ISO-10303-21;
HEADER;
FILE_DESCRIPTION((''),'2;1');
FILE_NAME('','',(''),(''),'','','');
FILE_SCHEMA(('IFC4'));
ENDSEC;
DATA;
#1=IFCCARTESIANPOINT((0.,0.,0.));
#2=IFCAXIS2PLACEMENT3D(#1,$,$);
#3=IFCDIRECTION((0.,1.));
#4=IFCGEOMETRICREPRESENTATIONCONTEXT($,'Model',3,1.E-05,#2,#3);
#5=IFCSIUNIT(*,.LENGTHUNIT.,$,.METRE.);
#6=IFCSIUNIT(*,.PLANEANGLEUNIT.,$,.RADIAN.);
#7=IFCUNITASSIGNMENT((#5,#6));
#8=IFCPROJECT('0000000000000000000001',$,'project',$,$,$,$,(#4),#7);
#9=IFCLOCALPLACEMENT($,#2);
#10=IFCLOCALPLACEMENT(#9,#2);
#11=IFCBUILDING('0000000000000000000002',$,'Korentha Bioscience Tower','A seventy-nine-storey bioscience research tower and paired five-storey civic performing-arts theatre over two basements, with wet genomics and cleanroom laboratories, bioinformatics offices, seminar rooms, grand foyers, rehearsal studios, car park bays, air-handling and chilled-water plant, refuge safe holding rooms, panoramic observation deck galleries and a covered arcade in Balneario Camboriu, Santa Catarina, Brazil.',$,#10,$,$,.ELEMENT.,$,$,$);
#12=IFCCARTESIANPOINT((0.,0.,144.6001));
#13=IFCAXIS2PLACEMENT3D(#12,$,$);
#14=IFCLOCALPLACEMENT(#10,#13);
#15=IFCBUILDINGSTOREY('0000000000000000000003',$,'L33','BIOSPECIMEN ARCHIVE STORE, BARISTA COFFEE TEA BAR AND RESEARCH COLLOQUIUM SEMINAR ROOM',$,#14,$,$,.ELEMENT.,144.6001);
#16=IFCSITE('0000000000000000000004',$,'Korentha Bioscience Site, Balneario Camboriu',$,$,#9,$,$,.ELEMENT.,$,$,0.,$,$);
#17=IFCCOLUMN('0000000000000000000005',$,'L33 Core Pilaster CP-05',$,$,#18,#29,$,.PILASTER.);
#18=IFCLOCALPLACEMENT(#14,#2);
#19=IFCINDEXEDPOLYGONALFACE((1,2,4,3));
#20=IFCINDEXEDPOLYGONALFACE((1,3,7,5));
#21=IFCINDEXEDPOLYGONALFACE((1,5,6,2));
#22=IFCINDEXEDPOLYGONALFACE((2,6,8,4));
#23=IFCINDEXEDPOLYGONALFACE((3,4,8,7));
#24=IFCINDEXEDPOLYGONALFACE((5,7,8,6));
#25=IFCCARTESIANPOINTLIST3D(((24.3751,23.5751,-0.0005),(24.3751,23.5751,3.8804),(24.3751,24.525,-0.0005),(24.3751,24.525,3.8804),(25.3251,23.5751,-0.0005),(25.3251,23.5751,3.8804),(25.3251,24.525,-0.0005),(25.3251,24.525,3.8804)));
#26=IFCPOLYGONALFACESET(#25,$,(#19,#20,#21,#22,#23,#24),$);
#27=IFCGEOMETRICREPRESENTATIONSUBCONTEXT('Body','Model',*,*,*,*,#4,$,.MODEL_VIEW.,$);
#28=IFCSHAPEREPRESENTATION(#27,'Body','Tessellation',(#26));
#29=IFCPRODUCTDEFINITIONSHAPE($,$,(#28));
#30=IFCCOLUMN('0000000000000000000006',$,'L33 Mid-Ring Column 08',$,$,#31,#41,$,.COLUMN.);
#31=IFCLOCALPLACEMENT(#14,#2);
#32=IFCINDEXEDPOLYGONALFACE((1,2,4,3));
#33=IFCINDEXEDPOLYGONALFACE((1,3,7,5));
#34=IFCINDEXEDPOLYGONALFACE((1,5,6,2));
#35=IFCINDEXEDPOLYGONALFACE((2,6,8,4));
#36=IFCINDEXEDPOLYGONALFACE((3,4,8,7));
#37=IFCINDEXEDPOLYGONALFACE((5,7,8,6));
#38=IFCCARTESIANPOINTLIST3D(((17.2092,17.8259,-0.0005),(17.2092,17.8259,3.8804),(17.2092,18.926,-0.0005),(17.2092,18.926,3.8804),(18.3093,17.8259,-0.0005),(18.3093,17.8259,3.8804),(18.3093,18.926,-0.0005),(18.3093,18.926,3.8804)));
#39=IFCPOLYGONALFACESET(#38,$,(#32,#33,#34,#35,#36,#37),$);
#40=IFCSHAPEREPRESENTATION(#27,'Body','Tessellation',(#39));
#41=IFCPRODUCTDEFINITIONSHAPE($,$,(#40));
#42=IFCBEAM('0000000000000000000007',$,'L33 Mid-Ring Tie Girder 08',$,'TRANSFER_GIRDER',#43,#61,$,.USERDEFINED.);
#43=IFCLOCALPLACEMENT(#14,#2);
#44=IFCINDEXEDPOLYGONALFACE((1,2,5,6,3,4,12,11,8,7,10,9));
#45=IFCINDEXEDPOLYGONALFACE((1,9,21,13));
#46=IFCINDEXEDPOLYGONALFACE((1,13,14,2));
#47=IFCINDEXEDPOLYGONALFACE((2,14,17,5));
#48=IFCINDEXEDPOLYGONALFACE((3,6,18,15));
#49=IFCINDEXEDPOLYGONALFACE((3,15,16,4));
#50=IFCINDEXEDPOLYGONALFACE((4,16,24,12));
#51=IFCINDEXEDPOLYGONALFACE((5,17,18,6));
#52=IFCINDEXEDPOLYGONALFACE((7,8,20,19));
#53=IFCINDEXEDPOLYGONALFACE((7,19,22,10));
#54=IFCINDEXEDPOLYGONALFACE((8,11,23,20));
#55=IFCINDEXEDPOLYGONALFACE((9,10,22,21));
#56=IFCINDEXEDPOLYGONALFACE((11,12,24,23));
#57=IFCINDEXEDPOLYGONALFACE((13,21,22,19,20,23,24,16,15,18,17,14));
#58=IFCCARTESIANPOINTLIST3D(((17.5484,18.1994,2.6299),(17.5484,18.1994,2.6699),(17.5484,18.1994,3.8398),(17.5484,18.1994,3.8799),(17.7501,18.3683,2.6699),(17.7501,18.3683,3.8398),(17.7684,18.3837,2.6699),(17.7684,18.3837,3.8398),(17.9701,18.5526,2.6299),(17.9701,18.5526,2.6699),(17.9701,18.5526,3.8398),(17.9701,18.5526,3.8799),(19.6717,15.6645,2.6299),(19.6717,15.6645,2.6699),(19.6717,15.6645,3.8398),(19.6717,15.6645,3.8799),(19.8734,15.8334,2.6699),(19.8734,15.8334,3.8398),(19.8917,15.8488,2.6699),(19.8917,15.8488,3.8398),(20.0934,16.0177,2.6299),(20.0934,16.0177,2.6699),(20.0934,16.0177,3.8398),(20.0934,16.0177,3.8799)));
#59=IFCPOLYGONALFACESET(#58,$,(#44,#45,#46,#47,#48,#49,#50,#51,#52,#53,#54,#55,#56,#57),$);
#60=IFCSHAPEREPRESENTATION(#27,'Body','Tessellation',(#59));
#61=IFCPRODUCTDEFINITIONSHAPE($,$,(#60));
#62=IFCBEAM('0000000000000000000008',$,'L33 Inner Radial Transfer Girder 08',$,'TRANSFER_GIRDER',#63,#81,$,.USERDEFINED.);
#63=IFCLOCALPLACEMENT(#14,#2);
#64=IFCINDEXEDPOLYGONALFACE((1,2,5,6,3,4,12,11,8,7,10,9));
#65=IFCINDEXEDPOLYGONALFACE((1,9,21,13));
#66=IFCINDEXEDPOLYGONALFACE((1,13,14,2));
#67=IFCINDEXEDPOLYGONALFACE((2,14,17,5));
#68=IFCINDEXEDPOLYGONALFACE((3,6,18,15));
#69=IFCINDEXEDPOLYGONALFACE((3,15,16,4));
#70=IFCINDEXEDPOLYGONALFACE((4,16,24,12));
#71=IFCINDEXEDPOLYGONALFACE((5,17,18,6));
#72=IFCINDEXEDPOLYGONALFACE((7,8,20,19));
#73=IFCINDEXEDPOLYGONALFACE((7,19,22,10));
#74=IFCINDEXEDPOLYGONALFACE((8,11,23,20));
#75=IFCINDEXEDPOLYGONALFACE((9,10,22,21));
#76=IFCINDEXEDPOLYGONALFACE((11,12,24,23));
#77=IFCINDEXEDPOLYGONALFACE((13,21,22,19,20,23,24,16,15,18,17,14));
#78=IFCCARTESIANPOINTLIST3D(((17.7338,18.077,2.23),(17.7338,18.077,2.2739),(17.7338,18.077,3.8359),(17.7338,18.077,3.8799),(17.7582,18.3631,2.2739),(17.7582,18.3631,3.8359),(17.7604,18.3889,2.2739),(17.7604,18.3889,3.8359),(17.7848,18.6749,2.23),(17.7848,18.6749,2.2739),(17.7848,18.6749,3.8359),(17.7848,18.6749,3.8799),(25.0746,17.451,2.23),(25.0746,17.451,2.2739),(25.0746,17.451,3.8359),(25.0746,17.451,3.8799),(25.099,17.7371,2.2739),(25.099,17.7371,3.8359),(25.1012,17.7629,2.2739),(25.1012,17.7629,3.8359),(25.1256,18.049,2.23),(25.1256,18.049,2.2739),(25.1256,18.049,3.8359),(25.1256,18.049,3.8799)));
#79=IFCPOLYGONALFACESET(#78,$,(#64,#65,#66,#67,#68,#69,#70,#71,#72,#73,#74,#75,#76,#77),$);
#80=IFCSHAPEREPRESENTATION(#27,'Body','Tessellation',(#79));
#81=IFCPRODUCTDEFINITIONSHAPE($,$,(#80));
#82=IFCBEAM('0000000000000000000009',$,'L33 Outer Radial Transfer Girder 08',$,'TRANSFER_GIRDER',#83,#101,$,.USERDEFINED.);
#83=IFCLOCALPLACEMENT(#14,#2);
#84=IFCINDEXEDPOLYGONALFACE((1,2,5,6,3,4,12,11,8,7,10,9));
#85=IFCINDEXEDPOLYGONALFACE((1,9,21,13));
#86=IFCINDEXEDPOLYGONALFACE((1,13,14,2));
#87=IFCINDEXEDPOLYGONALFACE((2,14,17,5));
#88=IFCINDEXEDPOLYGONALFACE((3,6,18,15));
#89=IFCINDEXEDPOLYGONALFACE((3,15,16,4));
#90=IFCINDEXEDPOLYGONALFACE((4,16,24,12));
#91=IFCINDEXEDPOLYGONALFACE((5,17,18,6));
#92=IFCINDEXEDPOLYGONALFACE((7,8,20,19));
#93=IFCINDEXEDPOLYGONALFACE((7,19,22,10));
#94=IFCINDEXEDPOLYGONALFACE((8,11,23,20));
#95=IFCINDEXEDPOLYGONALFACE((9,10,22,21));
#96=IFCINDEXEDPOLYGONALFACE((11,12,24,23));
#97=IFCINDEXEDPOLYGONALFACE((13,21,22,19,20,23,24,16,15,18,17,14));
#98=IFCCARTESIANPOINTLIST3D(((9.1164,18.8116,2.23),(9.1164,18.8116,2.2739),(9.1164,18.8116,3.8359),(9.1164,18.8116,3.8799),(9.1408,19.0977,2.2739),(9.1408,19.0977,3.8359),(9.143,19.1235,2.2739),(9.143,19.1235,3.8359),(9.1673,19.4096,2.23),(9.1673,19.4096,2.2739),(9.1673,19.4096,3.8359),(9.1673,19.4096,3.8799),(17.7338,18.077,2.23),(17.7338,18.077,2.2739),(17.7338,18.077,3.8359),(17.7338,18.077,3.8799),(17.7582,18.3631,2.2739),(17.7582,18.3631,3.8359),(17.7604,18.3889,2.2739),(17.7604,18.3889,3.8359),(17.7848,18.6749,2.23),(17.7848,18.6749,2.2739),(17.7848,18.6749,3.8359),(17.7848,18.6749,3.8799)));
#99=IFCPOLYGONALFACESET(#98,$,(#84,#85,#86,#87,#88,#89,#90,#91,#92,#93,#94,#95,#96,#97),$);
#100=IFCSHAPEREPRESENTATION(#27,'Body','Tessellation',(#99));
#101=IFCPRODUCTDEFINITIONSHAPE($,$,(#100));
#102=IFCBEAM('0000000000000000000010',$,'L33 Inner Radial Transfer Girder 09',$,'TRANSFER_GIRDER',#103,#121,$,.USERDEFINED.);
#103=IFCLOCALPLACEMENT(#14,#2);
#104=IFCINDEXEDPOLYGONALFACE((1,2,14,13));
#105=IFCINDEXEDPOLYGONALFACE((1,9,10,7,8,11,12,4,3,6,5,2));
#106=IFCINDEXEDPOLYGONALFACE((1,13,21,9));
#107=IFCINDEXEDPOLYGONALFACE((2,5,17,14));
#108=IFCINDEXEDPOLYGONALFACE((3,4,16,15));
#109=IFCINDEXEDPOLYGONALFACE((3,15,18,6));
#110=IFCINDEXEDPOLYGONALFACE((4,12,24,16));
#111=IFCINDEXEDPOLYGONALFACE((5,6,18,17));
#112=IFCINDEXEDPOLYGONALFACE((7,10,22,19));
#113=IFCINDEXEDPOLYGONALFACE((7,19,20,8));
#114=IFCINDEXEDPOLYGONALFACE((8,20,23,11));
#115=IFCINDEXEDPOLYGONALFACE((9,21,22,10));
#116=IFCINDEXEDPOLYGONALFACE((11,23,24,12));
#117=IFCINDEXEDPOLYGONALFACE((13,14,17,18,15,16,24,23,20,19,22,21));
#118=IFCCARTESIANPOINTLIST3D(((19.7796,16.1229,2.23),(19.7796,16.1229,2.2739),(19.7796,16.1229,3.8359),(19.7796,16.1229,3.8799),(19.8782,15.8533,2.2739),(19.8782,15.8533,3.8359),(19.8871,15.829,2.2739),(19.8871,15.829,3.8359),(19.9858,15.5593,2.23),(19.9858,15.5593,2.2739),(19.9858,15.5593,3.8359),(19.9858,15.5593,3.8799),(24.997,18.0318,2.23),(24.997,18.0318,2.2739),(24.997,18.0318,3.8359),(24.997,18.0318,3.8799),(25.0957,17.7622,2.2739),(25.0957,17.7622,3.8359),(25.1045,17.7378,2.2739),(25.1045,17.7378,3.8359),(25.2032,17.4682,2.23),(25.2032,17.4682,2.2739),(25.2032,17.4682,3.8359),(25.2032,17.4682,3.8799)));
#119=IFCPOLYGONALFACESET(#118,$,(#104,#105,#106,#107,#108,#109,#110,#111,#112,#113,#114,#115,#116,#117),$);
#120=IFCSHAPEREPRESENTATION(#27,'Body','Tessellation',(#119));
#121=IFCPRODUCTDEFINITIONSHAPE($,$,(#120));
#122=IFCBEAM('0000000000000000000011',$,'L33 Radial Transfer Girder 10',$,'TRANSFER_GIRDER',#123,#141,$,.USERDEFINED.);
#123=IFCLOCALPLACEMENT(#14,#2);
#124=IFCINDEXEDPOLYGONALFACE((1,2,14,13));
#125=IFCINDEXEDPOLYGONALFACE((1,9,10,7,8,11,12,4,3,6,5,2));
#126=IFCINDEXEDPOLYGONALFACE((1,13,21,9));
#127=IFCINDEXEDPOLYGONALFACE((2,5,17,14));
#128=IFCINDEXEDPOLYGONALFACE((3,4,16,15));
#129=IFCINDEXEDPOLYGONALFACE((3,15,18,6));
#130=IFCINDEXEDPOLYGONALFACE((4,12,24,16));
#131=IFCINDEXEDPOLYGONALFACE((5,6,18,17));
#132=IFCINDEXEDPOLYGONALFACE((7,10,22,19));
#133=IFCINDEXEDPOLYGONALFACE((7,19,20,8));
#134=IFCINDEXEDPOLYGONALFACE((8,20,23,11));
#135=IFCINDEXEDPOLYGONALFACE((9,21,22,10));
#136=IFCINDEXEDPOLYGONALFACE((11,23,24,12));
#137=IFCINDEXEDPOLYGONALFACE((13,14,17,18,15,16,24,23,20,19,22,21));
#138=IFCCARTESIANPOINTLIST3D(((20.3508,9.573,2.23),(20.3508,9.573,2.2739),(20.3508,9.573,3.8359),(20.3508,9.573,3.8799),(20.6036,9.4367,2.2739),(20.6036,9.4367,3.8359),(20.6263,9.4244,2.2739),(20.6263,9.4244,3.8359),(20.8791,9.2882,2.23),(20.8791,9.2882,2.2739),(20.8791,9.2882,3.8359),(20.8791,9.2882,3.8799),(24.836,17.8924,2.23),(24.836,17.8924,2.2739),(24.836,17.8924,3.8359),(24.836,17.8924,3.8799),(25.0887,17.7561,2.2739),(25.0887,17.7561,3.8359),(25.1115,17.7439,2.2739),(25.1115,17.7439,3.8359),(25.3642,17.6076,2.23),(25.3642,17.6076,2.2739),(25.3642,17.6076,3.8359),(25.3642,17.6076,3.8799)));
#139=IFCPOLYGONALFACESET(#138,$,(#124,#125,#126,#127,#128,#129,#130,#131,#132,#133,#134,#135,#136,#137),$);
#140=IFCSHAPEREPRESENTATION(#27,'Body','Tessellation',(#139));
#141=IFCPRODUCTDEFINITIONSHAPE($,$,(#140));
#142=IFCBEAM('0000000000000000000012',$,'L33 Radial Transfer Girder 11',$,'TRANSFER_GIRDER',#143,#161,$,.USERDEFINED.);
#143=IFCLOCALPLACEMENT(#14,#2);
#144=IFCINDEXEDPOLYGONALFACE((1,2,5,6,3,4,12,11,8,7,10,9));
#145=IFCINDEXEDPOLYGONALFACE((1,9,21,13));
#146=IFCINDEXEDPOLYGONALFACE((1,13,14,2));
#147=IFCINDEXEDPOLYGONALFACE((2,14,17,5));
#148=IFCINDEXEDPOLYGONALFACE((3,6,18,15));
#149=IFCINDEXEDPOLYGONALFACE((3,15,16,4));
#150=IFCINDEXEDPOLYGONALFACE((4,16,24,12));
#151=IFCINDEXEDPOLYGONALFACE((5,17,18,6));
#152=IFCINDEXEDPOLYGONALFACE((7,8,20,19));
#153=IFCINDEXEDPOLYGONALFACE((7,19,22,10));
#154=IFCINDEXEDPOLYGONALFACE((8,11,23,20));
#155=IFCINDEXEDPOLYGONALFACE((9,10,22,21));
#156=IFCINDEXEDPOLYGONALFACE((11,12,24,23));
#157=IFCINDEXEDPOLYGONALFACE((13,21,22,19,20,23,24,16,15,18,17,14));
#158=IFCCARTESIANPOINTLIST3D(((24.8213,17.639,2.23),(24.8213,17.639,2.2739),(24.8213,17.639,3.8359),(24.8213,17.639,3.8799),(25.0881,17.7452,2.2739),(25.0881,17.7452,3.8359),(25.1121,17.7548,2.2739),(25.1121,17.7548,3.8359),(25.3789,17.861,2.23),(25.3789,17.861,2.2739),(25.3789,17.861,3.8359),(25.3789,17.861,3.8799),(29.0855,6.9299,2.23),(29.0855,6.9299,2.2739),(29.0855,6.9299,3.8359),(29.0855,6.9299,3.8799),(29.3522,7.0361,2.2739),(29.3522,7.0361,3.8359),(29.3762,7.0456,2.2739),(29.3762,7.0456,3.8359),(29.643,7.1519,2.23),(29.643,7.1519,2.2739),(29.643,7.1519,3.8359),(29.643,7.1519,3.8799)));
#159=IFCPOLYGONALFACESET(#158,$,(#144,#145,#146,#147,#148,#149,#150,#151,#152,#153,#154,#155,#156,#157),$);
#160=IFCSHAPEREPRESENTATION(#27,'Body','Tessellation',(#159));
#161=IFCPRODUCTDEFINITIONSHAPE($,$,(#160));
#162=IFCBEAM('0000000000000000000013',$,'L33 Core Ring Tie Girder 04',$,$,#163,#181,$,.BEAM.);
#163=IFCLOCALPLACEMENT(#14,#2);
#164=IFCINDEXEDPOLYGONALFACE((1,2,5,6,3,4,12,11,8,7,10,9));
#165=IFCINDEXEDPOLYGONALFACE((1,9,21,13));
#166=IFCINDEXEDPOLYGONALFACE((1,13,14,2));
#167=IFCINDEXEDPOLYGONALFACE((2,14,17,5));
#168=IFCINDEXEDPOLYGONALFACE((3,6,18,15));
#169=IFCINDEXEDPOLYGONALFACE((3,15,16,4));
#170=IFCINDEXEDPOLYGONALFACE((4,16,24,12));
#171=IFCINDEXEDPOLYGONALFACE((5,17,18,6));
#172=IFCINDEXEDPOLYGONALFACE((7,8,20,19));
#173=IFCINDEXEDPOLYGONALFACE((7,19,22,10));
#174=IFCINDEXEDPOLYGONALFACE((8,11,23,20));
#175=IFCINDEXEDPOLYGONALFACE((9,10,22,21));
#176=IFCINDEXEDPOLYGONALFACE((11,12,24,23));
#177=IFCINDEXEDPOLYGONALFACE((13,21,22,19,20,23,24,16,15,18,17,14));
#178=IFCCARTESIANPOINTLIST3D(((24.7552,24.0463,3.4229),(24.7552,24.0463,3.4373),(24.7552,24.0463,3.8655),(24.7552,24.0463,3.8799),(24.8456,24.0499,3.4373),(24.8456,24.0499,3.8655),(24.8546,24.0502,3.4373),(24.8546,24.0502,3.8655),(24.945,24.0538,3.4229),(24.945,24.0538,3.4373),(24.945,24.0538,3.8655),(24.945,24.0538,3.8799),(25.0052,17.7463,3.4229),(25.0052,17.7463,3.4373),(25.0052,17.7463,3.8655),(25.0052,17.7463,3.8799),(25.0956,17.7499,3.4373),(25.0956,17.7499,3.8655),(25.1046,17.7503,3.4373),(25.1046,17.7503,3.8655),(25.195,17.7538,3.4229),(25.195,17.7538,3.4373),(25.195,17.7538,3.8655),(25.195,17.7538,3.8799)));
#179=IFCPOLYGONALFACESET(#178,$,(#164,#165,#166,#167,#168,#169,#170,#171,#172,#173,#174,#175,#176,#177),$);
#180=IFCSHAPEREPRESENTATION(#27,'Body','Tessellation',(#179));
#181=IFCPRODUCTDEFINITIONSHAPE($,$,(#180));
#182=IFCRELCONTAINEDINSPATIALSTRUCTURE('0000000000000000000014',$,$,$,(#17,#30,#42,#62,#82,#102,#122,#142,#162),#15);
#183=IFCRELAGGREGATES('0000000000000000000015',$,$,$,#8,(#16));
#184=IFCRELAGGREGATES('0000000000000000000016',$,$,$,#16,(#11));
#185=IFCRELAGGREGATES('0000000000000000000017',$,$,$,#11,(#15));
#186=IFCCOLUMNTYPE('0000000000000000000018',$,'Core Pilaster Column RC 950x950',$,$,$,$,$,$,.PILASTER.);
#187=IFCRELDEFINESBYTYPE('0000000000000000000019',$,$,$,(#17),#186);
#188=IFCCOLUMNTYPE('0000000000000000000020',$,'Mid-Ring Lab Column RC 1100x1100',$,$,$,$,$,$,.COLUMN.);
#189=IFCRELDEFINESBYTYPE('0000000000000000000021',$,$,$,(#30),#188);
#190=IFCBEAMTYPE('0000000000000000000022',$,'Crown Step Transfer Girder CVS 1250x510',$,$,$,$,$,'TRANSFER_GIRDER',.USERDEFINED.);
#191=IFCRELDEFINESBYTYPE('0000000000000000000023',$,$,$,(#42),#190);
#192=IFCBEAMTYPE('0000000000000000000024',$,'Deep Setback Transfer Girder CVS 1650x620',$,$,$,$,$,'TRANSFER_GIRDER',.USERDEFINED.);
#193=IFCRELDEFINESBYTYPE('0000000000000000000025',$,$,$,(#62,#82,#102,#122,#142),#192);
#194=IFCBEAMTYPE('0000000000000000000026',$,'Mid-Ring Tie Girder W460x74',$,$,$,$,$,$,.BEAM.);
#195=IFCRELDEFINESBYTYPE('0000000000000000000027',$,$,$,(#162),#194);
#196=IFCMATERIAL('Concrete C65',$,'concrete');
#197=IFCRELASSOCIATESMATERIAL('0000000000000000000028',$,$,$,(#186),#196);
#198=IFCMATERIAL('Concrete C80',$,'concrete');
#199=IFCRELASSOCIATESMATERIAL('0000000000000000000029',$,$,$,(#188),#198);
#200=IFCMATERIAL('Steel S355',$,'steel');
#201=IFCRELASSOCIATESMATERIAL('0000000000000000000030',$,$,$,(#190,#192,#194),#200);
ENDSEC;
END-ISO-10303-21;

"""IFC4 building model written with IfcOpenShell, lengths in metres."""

from ifc_helpers import new_model, si_unit, direction, frame, origin, origin_2d, place, context, subcontext, project, spatial, rectangle, i_section, extrude, material, material_profile, profile_set, type_object, element, save


model = new_model("IFC4")

# Units and contexts
model_context = context("Model", 3, precision=1e-05, world=origin(), true_north=direction((0.0, 1.0)))
body_context = subcontext(model_context, "Body", "Model", "MODEL_VIEW")
ifc_project = project(units=[si_unit("LENGTHUNIT", "METRE"), si_unit("PLANEANGLEUNIT", "RADIAN")], contexts=[model_context])

# Site, building, storey
site_placement = place(None, origin())
site = spatial("IfcSite", under=ifc_project, at=site_placement, Name="Korentha Bioscience Site, Balneario Camboriu", CompositionType="ELEMENT", RefElevation=0.0)
building_placement = place(site_placement, origin())
building = spatial("IfcBuilding", under=site, at=building_placement, Name="Korentha Bioscience Tower", Description="A seventy-nine-storey bioscience research tower and paired five-storey civic performing-arts theatre over two basements, with wet genomics and cleanroom laboratories, bioinformatics offices, seminar rooms, grand foyers, rehearsal studios, car park bays, air-handling and chilled-water plant, refuge safe holding rooms, panoramic observation deck galleries and a covered arcade in Balneario Camboriu, Santa Catarina, Brazil.", CompositionType="ELEMENT")
storey_placement = place(building_placement, frame((0.0, 0.0, 144.6001)))
storey = spatial("IfcBuildingStorey", under=building, at=storey_placement, Name="L33", Description="BIOSPECIMEN ARCHIVE STORE, BARISTA COFFEE TEA BAR AND RESEARCH COLLOQUIUM SEMINAR ROOM", CompositionType="ELEMENT", Elevation=144.6001)

# Columns
ifc_material_1 = material(Name="Concrete C65", Category="concrete")
ifc_material_profile_1 = material_profile(ifc_material_1, rectangle(XDim=0.95, YDim=0.95, at=origin_2d()), Name="Concrete C65")
ifc_profile_set_1 = profile_set([ifc_material_profile_1], Name="Concrete C65 (COL-CP09)")
column_type_1 = type_object("IfcColumnType", Name="Core Pilaster Column RC 950x950", PredefinedType="PILASTER", material=ifc_profile_set_1)
column_1_placement = place(storey_placement, frame((24.8501, 24.05, -0.0005), z_axis=(0.0, 0.0, 1.0), x_axis=(1.0, 0.0, 0.0)))
element("IfcColumn", 1, at=column_1_placement, inside=storey, type_object=column_type_1, Name="L33 Core Pilaster CP-05", PredefinedType="PILASTER", context=body_context, shape_type="SweptSolid", body=[
    extrude(rectangle(XDim=0.95, YDim=0.95, at=origin_2d()), origin(), (0.0, 0.0, 1.0), 3.8809),
])
ifc_material_2 = material(Name="Concrete C80", Category="concrete")
ifc_material_profile_2 = material_profile(ifc_material_2, rectangle(XDim=1.1001, YDim=1.1001, at=origin_2d()), Name="Concrete C80")
ifc_profile_set_2 = profile_set([ifc_material_profile_2], Name="Concrete C80 (COL-MR11)")
column_type_2 = type_object("IfcColumnType", Name="Mid-Ring Lab Column RC 1100x1100", PredefinedType="COLUMN", material=ifc_profile_set_2)
column_2_placement = place(storey_placement, frame((17.7593, 18.376, -0.0005), z_axis=(0.0, 0.0, 1.0), x_axis=(1.0, 0.0, 0.0)))
element("IfcColumn", 2, at=column_2_placement, inside=storey, type_object=column_type_2, Name="L33 Mid-Ring Column 08", PredefinedType="COLUMN", context=body_context, shape_type="SweptSolid", body=[
    extrude(rectangle(XDim=1.1001, YDim=1.1001, at=origin_2d()), origin(), (0.0, 0.0, 1.0), 3.8809),
])

# Beams
ifc_material_3 = material(Name="Steel S355", Category="steel")
ifc_material_profile_3 = material_profile(ifc_material_3, i_section(OverallWidth=0.55, OverallDepth=1.25, WebThickness=0.0239, FlangeThickness=0.04, at=origin_2d()), Name="Steel S355")
ifc_profile_set_3 = profile_set([ifc_material_profile_3], Name="Steel S355 (TG-03)")
beam_type_1 = type_object("IfcBeamType", Name="Crown Step Transfer Girder CVS 1250x510", ElementType="TRANSFER_GIRDER", PredefinedType="USERDEFINED", material=ifc_profile_set_3)
beam_1_placement = place(storey_placement, frame((17.7593, 18.376, 3.2549), z_axis=(0.642121, -0.766603, 0.0), x_axis=(0.766603, 0.642121, 0.0)))
element("IfcBeam", 3, at=beam_1_placement, inside=storey, type_object=beam_type_1, Name="L33 Mid-Ring Tie Girder 08", ObjectType="TRANSFER_GIRDER", PredefinedType="USERDEFINED", context=body_context, shape_type="SweptSolid", body=[
    extrude(i_section(OverallWidth=0.55, OverallDepth=1.25, WebThickness=0.0239, FlangeThickness=0.04, at=origin_2d()), origin(), (0.0, 0.0, 1.0), 3.3066),
])
ifc_material_profile_4 = material_profile(ifc_material_3, i_section(OverallWidth=0.6001, OverallDepth=1.6499, WebThickness=0.0259, FlangeThickness=0.0439, at=origin_2d()), Name="Steel S355")
ifc_profile_set_4 = profile_set([ifc_material_profile_4], Name="Steel S355 (TG-04)")
beam_type_2 = type_object("IfcBeamType", Name="Deep Setback Transfer Girder CVS 1650x620", ElementType="TRANSFER_GIRDER", PredefinedType="USERDEFINED", material=ifc_profile_set_4)
beam_2_placement = place(storey_placement, frame((25.1001, 17.75, 3.0549), z_axis=(-0.996384, 0.084965, 0.0), x_axis=(-0.084965, -0.996384, 0.0)))
element("IfcBeam", 4, at=beam_2_placement, inside=storey, type_object=beam_type_2, Name="L33 Inner Radial Transfer Girder 08", ObjectType="TRANSFER_GIRDER", PredefinedType="USERDEFINED", context=body_context, shape_type="SweptSolid", body=[
    extrude(i_section(OverallWidth=0.6001, OverallDepth=1.6499, WebThickness=0.0259, FlangeThickness=0.0439, at=origin_2d()), origin(), (0.0, 0.0, 1.0), 7.3674),
])
beam_3_placement = place(storey_placement, frame((17.7593, 18.376, 3.0549), z_axis=(-0.996386, 0.08494, 0.0), x_axis=(-0.08494, -0.996386, 0.0)))
element("IfcBeam", 5, at=beam_3_placement, inside=storey, type_object=beam_type_2, Name="L33 Outer Radial Transfer Girder 08", ObjectType="TRANSFER_GIRDER", PredefinedType="USERDEFINED", context=body_context, shape_type="SweptSolid", body=[
    extrude(i_section(OverallWidth=0.6001, OverallDepth=1.6499, WebThickness=0.0259, FlangeThickness=0.0439, at=origin_2d()), origin(), (0.0, 0.0, 1.0), 8.6487),
])
beam_4_placement = place(storey_placement, frame((25.1001, 17.75, 3.0549), z_axis=(-0.939118, -0.343595, 0.0), x_axis=(0.343595, -0.939118, 0.0)))
element("IfcBeam", 6, at=beam_4_placement, inside=storey, type_object=beam_type_2, Name="L33 Inner Radial Transfer Girder 09", ObjectType="TRANSFER_GIRDER", PredefinedType="USERDEFINED", context=body_context, shape_type="SweptSolid", body=[
    extrude(i_section(OverallWidth=0.6001, OverallDepth=1.6499, WebThickness=0.0259, FlangeThickness=0.0439, at=origin_2d()), origin(), (0.0, 0.0, 1.0), 5.5557),
])
beam_5_placement = place(storey_placement, frame((25.1001, 17.75, 3.0549), z_axis=(-0.474548, -0.88023, 0.0), x_axis=(0.88023, -0.474548, 0.0)))
element("IfcBeam", 7, at=beam_5_placement, inside=storey, type_object=beam_type_2, Name="L33 Radial Transfer Girder 10", ObjectType="TRANSFER_GIRDER", PredefinedType="USERDEFINED", context=body_context, shape_type="SweptSolid", body=[
    extrude(i_section(OverallWidth=0.6001, OverallDepth=1.6499, WebThickness=0.0259, FlangeThickness=0.0439, at=origin_2d()), origin(), (0.0, 0.0, 1.0), 9.4514),
])
beam_6_placement = place(storey_placement, frame((25.1001, 17.75, 3.0549), z_axis=(0.36993, -0.92906, 0.0), x_axis=(0.92906, 0.36993, 0.0)))
element("IfcBeam", 8, at=beam_6_placement, inside=storey, type_object=beam_type_2, Name="L33 Radial Transfer Girder 11", ObjectType="TRANSFER_GIRDER", PredefinedType="USERDEFINED", context=body_context, shape_type="SweptSolid", body=[
    extrude(i_section(OverallWidth=0.6001, OverallDepth=1.6499, WebThickness=0.0259, FlangeThickness=0.0439, at=origin_2d()), origin(), (0.0, 0.0, 1.0), 11.5269),
])
ifc_material_profile_5 = material_profile(ifc_material_3, i_section(OverallWidth=0.1899, OverallDepth=0.457, WebThickness=0.009, FlangeThickness=0.0144, at=origin_2d()), Name="Steel S355")
ifc_profile_set_5 = profile_set([ifc_material_profile_5], Name="Steel S355 (MB-460)")
beam_type_3 = type_object("IfcBeamType", Name="Mid-Ring Tie Girder W460x74", PredefinedType="BEAM", material=ifc_profile_set_5)
beam_7_placement = place(storey_placement, frame((24.8501, 24.05, 3.6514), z_axis=(0.039651, -0.999214, 0.0), x_axis=(0.999214, 0.039651, 0.0)))
element("IfcBeam", 9, at=beam_7_placement, inside=storey, type_object=beam_type_3, Name="L33 Core Ring Tie Girder 04", PredefinedType="BEAM", context=body_context, shape_type="SweptSolid", body=[
    extrude(i_section(OverallWidth=0.1899, OverallDepth=0.457, WebThickness=0.009, FlangeThickness=0.0144, at=origin_2d()), origin(), (0.0, 0.0, 1.0), 6.3049),
])

save(model, "model.ifc")
